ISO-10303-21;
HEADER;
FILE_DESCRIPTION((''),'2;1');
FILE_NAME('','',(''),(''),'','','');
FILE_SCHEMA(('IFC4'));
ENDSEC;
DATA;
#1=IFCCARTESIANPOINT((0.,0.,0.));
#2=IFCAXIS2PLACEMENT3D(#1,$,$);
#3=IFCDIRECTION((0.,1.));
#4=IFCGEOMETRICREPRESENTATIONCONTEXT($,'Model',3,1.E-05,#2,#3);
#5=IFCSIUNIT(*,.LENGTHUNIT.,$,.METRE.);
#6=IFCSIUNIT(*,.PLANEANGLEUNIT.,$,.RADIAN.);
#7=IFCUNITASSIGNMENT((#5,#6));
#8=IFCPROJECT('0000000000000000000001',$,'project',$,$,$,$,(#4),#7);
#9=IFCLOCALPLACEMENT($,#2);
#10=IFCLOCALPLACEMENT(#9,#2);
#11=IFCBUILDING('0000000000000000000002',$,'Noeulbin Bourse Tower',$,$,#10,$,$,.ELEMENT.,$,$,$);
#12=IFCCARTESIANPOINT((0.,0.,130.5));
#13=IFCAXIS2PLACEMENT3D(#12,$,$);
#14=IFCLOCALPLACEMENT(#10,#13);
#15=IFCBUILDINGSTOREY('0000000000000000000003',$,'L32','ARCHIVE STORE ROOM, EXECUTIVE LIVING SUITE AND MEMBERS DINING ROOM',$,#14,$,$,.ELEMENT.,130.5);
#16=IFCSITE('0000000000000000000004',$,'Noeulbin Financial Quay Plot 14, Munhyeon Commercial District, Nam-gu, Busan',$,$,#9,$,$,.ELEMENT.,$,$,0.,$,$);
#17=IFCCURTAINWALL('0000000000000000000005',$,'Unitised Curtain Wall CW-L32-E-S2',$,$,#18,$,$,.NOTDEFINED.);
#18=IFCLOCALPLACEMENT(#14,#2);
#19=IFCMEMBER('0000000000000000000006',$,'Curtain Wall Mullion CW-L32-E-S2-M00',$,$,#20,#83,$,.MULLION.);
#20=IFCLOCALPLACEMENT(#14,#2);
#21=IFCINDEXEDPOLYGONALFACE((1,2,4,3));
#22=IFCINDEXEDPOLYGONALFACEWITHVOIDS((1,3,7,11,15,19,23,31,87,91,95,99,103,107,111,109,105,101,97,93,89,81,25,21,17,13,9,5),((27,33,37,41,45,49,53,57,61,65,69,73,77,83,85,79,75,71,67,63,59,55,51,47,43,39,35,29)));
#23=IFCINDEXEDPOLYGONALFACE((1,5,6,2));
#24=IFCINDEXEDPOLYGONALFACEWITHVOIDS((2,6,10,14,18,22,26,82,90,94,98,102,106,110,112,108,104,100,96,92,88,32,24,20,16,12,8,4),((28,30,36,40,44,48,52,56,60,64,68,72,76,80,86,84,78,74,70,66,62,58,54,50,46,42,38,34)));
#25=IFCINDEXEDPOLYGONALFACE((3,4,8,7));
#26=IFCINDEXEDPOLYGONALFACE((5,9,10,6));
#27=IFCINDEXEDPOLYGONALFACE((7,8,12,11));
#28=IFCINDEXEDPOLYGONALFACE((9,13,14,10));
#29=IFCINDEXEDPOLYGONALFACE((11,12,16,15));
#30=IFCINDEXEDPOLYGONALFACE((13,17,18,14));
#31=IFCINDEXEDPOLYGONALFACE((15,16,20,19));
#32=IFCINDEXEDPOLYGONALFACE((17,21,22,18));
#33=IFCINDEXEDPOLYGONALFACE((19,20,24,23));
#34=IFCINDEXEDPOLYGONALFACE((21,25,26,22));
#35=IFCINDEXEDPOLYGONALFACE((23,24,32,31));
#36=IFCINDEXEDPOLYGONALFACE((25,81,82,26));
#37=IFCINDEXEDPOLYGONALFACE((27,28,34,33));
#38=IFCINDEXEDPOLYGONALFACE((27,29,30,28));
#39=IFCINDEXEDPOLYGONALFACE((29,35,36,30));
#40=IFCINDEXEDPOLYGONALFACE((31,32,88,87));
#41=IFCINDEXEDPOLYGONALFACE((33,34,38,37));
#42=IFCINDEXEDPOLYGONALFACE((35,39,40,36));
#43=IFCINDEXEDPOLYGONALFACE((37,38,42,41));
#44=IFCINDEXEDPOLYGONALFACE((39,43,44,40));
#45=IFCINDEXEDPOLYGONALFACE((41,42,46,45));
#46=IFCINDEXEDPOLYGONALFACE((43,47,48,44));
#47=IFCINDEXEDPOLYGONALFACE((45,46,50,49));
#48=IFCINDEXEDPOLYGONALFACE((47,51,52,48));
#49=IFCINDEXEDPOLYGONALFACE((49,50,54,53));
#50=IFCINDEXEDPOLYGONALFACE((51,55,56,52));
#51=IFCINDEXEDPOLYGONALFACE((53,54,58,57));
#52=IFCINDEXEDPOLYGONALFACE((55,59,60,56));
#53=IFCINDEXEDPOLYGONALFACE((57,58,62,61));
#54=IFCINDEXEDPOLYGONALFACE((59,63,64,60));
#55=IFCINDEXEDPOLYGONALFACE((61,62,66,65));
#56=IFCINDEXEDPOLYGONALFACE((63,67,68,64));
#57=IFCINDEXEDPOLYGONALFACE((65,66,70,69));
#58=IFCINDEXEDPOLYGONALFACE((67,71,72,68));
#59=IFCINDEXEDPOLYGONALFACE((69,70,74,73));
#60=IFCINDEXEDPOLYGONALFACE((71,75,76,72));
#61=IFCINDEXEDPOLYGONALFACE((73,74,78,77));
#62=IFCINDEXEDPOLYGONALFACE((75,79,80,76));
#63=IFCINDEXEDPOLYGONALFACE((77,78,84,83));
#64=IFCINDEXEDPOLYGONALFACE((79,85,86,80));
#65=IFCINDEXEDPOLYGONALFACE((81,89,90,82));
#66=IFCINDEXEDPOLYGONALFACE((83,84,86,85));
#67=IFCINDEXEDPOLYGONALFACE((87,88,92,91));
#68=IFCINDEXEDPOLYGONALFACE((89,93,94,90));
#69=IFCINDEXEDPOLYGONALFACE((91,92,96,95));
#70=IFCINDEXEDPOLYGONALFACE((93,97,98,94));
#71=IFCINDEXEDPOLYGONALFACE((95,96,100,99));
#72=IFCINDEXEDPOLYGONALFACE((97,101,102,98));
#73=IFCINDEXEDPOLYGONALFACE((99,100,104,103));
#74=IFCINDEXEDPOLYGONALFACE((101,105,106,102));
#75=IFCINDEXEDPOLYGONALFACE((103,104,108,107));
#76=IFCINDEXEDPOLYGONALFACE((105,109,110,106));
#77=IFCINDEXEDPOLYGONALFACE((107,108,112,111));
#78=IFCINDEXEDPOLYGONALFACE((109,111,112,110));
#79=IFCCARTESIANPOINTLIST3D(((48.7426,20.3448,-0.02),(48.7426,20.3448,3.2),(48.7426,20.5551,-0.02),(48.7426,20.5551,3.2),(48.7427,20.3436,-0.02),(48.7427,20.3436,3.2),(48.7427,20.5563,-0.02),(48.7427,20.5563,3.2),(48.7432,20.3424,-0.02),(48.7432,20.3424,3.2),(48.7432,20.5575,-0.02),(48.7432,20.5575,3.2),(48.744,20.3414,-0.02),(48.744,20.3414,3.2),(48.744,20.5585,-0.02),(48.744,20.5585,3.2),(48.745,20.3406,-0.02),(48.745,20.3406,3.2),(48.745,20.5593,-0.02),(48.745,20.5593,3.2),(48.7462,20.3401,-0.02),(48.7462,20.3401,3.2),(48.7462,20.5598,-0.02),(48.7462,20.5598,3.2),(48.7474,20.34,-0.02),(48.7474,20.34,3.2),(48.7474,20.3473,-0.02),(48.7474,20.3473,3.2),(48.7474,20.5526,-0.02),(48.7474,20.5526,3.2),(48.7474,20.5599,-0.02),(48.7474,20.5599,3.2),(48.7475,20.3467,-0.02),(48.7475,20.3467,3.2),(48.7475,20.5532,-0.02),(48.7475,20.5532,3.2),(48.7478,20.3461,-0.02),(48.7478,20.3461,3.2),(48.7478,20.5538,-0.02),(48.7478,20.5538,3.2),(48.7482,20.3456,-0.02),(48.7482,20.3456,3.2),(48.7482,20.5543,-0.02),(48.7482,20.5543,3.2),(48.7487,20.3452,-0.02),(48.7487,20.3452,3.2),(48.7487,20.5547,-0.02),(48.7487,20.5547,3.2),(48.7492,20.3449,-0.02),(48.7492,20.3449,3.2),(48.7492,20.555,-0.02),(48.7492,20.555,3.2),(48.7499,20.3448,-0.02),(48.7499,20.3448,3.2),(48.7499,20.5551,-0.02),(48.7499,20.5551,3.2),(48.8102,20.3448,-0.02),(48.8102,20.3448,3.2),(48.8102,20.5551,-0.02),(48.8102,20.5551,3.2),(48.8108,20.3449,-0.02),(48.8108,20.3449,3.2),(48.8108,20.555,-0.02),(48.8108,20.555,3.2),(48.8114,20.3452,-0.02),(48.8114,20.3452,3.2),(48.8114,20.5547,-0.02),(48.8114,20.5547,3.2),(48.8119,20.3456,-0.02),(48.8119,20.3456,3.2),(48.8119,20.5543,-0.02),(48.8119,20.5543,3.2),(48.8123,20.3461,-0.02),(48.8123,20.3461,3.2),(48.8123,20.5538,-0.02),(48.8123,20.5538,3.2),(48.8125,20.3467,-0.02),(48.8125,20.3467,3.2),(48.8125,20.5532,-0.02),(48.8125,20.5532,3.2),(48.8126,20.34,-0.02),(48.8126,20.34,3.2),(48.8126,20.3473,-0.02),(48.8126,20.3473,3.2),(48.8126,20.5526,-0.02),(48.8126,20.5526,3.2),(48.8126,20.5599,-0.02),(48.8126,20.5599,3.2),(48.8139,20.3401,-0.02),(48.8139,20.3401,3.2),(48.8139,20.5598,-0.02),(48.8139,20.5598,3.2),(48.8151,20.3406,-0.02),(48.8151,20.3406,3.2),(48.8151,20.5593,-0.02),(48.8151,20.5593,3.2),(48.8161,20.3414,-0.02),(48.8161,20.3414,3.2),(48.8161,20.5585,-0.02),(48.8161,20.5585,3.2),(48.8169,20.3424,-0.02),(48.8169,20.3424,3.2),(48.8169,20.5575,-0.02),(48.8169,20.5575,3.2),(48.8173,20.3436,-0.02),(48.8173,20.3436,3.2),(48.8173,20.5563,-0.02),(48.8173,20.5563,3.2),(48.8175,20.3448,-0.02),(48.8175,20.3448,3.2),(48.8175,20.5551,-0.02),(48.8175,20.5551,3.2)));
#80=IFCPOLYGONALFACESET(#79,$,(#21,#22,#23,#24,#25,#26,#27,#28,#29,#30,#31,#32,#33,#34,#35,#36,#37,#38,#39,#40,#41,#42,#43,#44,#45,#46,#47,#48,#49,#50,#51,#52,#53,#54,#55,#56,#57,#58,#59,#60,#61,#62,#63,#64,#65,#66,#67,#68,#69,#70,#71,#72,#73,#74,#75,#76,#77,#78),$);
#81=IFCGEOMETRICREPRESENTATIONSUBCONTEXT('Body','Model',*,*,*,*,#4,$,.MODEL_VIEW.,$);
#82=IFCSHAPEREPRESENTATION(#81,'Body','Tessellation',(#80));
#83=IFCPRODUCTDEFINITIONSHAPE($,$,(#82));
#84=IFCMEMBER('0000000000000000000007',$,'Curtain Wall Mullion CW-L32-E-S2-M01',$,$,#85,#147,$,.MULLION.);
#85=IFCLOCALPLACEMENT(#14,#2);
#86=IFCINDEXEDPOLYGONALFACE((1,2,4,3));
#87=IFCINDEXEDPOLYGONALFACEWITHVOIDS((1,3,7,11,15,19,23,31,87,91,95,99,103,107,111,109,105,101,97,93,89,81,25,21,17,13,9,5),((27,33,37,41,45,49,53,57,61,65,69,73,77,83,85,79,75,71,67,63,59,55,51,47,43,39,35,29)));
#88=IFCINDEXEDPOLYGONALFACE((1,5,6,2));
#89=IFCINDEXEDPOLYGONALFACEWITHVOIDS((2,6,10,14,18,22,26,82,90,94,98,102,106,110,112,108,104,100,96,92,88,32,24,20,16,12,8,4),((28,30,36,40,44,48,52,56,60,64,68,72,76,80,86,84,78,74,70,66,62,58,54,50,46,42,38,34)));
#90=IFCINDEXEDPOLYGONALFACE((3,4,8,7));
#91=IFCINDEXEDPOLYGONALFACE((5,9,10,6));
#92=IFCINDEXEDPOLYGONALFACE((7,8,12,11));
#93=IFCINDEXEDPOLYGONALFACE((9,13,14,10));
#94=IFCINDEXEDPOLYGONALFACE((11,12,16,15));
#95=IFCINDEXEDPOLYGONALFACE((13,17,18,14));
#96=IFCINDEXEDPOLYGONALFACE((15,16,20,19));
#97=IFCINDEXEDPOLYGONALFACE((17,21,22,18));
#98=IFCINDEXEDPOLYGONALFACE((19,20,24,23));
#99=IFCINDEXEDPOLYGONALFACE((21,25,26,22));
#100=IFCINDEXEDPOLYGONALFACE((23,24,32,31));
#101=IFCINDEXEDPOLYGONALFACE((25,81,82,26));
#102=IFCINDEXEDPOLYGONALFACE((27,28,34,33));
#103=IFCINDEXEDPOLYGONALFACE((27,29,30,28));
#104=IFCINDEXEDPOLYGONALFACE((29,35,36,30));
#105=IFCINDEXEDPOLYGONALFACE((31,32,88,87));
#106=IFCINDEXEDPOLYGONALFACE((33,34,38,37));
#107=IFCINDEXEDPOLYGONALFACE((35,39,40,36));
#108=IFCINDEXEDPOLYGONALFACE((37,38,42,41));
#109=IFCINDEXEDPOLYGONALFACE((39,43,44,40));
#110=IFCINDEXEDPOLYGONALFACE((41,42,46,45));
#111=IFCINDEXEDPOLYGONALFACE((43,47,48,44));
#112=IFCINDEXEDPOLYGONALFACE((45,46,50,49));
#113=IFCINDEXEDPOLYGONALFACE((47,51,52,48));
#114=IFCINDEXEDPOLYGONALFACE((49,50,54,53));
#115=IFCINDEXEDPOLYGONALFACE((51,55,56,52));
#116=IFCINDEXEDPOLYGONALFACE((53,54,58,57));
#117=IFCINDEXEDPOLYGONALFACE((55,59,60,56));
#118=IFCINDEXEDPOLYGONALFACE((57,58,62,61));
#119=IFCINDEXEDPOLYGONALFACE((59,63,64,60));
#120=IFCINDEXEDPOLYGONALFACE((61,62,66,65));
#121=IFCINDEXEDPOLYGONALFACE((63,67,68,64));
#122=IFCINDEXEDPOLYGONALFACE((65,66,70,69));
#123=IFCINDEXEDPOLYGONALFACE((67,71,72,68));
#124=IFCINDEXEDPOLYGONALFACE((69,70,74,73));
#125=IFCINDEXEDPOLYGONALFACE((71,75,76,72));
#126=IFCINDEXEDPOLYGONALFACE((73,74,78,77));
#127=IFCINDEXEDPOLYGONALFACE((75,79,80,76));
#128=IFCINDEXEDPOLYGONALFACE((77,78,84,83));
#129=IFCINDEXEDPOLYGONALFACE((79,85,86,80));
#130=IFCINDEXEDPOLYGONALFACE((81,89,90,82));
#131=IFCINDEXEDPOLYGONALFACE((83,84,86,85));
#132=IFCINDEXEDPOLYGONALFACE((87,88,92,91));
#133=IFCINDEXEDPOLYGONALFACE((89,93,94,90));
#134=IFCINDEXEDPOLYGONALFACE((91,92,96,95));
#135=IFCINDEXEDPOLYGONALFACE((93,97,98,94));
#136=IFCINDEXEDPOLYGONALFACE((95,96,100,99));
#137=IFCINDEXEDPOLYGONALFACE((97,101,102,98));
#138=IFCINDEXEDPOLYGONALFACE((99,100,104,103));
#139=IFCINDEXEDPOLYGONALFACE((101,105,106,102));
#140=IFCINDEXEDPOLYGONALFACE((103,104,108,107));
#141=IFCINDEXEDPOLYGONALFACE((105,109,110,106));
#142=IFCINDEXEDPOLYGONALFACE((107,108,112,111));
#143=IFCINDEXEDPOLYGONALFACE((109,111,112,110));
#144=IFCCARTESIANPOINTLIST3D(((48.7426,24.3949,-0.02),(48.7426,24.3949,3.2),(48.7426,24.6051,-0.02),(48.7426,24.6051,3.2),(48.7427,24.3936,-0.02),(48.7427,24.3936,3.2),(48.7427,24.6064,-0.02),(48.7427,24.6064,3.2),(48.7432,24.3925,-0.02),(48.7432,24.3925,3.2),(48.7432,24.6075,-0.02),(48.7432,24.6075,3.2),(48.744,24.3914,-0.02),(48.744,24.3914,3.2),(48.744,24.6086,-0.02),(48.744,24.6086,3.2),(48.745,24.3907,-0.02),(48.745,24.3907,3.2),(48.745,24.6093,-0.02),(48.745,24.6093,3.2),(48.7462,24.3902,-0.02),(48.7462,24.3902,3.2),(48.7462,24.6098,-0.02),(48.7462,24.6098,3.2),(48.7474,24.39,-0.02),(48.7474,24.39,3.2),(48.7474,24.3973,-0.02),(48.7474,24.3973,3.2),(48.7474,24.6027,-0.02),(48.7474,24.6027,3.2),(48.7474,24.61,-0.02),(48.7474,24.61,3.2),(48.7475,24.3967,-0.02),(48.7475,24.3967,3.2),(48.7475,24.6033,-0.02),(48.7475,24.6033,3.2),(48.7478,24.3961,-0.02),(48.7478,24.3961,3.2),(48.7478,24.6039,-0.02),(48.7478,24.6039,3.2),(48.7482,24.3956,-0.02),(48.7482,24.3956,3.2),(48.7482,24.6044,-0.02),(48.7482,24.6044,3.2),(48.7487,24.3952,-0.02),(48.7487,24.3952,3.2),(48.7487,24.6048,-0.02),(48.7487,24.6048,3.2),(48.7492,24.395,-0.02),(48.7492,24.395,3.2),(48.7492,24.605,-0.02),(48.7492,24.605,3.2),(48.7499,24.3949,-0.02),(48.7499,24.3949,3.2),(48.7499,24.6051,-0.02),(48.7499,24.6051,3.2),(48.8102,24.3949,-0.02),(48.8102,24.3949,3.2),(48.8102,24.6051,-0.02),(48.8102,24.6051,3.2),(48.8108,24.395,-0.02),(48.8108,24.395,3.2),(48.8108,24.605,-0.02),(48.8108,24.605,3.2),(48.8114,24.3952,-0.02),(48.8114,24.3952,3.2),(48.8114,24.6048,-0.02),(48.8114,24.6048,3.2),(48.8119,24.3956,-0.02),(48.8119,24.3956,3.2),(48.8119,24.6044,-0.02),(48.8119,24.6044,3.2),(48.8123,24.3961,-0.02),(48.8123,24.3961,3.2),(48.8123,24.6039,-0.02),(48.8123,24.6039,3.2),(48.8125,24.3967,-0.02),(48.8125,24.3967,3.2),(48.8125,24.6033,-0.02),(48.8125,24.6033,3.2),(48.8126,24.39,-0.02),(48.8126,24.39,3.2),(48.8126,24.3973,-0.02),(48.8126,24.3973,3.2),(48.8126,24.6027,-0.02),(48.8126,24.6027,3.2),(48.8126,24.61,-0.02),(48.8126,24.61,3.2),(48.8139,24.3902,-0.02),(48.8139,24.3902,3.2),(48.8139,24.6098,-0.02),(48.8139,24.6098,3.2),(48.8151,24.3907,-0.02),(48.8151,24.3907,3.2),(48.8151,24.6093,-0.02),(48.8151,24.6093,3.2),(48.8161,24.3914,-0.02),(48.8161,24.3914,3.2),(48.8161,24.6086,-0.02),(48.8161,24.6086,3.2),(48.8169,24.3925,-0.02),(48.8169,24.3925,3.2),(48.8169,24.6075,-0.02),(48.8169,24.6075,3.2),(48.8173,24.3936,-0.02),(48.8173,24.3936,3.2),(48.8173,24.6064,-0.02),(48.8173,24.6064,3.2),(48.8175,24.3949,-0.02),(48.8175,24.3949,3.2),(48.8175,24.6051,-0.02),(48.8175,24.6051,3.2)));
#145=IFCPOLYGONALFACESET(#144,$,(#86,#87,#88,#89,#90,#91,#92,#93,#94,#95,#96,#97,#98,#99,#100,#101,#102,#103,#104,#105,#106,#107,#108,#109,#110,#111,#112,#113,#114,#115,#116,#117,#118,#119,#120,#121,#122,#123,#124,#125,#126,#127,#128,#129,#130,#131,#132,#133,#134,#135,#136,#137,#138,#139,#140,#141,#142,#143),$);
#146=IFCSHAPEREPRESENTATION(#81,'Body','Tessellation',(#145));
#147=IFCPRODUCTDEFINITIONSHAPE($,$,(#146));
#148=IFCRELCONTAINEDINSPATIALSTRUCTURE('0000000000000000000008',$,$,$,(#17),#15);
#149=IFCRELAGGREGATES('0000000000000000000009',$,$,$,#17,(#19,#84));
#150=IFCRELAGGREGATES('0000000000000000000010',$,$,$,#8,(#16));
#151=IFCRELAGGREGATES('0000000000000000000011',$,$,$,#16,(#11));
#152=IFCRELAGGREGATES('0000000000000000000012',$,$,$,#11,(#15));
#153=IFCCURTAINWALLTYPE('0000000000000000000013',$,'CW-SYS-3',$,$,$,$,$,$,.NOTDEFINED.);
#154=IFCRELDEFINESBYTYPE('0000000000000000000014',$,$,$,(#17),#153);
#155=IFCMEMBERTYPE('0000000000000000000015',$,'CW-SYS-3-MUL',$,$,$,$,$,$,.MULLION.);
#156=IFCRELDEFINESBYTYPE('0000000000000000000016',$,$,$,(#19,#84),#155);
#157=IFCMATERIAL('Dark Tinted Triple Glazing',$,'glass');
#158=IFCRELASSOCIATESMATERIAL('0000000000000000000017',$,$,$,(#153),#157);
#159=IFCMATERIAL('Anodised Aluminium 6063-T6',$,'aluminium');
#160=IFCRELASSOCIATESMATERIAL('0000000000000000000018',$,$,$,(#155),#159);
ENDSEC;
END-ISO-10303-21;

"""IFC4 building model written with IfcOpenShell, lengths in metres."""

from ifc_helpers import new_model, si_unit, direction, frame, origin, origin_2d, place, context, subcontext, project, spatial, hollow_rectangle, extrude, material, material_profile, profile_set, type_object, element, aggregate, save


model = new_model("IFC4")

# Units and contexts
model_context = context("Model", 3, precision=1e-05, world=origin(), true_north=direction((0.0, 1.0)))
body_context = subcontext(model_context, "Body", "Model", "MODEL_VIEW")
ifc_project = project(units=[si_unit("LENGTHUNIT", "METRE"), si_unit("PLANEANGLEUNIT", "RADIAN")], contexts=[model_context])

# Site, building, storey
site_placement = place(None, origin())
site = spatial("IfcSite", under=ifc_project, at=site_placement, Name="Noeulbin Financial Quay Plot 14, Munhyeon Commercial District, Nam-gu, Busan", CompositionType="ELEMENT", RefElevation=0.0)
building_placement = place(site_placement, origin())
building = spatial("IfcBuilding", under=site, at=building_placement, Name="Noeulbin Bourse Tower", CompositionType="ELEMENT")
storey_placement = place(building_placement, frame((0.0, 0.0, 130.5)))
storey = spatial("IfcBuildingStorey", under=building, at=storey_placement, Name="L32", Description="ARCHIVE STORE ROOM, EXECUTIVE LIVING SUITE AND MEMBERS DINING ROOM", CompositionType="ELEMENT", Elevation=130.5)

# Curtain wall, members
ifc_material_1 = material(Name="Dark Tinted Triple Glazing", Category="glass")
curtain_wall_type = type_object("IfcCurtainWallType", Name="CW-SYS-3", PredefinedType="NOTDEFINED", material=ifc_material_1)
curtain_wall_placement = place(storey_placement, origin())
curtain_wall = element("IfcCurtainWall", 1, at=curtain_wall_placement, inside=storey, type_object=curtain_wall_type, Name="Unitised Curtain Wall CW-L32-E-S2", PredefinedType="NOTDEFINED")
ifc_material_2 = material(Name="Anodised Aluminium 6063-T6", Category="aluminium")
ifc_material_profile_1 = material_profile(ifc_material_2, hollow_rectangle(XDim=0.075, YDim=0.22, WallThickness=0.0049, InnerFilletRadius=0.0024, OuterFilletRadius=0.0049, at=origin_2d()), Name="ALU-MULL-75x220x5", Category="LoadBearing")
ifc_profile_set_1 = profile_set([ifc_material_profile_1], Name="Anodised Aluminium 6063-T6")
member_type_1 = type_object("IfcMemberType", Name="CW-SYS-3-MUL", PredefinedType="MULLION", material=ifc_profile_set_1)
member_1_placement = place(storey_placement, frame((48.78, 20.45, -0.02), z_axis=(0.0, 0.0, 1.0), x_axis=(1.0, 0.0, 0.0)))
member_1 = element("IfcMember", 2, at=member_1_placement, type_object=member_type_1, Name="Curtain Wall Mullion CW-L32-E-S2-M00", PredefinedType="MULLION", context=body_context, shape_type="SweptSolid", body=[
    extrude(hollow_rectangle(XDim=0.075, YDim=0.22, WallThickness=0.0049, InnerFilletRadius=0.0024, OuterFilletRadius=0.0049, at=origin_2d()), origin(), (0.0, 0.0, 1.0), 3.22),
])
member_2_placement = place(storey_placement, frame((48.78, 24.5, -0.02), z_axis=(0.0, 0.0, 1.0), x_axis=(1.0, 0.0, 0.0)))
member_2 = element("IfcMember", 3, at=member_2_placement, type_object=member_type_1, Name="Curtain Wall Mullion CW-L32-E-S2-M01", PredefinedType="MULLION", context=body_context, shape_type="SweptSolid", body=[
    extrude(hollow_rectangle(XDim=0.075, YDim=0.22, WallThickness=0.0049, InnerFilletRadius=0.0024, OuterFilletRadius=0.0049, at=origin_2d()), origin(), (0.0, 0.0, 1.0), 3.22),
])
aggregate(curtain_wall, [member_1, member_2])

save(model, "model.ifc")
